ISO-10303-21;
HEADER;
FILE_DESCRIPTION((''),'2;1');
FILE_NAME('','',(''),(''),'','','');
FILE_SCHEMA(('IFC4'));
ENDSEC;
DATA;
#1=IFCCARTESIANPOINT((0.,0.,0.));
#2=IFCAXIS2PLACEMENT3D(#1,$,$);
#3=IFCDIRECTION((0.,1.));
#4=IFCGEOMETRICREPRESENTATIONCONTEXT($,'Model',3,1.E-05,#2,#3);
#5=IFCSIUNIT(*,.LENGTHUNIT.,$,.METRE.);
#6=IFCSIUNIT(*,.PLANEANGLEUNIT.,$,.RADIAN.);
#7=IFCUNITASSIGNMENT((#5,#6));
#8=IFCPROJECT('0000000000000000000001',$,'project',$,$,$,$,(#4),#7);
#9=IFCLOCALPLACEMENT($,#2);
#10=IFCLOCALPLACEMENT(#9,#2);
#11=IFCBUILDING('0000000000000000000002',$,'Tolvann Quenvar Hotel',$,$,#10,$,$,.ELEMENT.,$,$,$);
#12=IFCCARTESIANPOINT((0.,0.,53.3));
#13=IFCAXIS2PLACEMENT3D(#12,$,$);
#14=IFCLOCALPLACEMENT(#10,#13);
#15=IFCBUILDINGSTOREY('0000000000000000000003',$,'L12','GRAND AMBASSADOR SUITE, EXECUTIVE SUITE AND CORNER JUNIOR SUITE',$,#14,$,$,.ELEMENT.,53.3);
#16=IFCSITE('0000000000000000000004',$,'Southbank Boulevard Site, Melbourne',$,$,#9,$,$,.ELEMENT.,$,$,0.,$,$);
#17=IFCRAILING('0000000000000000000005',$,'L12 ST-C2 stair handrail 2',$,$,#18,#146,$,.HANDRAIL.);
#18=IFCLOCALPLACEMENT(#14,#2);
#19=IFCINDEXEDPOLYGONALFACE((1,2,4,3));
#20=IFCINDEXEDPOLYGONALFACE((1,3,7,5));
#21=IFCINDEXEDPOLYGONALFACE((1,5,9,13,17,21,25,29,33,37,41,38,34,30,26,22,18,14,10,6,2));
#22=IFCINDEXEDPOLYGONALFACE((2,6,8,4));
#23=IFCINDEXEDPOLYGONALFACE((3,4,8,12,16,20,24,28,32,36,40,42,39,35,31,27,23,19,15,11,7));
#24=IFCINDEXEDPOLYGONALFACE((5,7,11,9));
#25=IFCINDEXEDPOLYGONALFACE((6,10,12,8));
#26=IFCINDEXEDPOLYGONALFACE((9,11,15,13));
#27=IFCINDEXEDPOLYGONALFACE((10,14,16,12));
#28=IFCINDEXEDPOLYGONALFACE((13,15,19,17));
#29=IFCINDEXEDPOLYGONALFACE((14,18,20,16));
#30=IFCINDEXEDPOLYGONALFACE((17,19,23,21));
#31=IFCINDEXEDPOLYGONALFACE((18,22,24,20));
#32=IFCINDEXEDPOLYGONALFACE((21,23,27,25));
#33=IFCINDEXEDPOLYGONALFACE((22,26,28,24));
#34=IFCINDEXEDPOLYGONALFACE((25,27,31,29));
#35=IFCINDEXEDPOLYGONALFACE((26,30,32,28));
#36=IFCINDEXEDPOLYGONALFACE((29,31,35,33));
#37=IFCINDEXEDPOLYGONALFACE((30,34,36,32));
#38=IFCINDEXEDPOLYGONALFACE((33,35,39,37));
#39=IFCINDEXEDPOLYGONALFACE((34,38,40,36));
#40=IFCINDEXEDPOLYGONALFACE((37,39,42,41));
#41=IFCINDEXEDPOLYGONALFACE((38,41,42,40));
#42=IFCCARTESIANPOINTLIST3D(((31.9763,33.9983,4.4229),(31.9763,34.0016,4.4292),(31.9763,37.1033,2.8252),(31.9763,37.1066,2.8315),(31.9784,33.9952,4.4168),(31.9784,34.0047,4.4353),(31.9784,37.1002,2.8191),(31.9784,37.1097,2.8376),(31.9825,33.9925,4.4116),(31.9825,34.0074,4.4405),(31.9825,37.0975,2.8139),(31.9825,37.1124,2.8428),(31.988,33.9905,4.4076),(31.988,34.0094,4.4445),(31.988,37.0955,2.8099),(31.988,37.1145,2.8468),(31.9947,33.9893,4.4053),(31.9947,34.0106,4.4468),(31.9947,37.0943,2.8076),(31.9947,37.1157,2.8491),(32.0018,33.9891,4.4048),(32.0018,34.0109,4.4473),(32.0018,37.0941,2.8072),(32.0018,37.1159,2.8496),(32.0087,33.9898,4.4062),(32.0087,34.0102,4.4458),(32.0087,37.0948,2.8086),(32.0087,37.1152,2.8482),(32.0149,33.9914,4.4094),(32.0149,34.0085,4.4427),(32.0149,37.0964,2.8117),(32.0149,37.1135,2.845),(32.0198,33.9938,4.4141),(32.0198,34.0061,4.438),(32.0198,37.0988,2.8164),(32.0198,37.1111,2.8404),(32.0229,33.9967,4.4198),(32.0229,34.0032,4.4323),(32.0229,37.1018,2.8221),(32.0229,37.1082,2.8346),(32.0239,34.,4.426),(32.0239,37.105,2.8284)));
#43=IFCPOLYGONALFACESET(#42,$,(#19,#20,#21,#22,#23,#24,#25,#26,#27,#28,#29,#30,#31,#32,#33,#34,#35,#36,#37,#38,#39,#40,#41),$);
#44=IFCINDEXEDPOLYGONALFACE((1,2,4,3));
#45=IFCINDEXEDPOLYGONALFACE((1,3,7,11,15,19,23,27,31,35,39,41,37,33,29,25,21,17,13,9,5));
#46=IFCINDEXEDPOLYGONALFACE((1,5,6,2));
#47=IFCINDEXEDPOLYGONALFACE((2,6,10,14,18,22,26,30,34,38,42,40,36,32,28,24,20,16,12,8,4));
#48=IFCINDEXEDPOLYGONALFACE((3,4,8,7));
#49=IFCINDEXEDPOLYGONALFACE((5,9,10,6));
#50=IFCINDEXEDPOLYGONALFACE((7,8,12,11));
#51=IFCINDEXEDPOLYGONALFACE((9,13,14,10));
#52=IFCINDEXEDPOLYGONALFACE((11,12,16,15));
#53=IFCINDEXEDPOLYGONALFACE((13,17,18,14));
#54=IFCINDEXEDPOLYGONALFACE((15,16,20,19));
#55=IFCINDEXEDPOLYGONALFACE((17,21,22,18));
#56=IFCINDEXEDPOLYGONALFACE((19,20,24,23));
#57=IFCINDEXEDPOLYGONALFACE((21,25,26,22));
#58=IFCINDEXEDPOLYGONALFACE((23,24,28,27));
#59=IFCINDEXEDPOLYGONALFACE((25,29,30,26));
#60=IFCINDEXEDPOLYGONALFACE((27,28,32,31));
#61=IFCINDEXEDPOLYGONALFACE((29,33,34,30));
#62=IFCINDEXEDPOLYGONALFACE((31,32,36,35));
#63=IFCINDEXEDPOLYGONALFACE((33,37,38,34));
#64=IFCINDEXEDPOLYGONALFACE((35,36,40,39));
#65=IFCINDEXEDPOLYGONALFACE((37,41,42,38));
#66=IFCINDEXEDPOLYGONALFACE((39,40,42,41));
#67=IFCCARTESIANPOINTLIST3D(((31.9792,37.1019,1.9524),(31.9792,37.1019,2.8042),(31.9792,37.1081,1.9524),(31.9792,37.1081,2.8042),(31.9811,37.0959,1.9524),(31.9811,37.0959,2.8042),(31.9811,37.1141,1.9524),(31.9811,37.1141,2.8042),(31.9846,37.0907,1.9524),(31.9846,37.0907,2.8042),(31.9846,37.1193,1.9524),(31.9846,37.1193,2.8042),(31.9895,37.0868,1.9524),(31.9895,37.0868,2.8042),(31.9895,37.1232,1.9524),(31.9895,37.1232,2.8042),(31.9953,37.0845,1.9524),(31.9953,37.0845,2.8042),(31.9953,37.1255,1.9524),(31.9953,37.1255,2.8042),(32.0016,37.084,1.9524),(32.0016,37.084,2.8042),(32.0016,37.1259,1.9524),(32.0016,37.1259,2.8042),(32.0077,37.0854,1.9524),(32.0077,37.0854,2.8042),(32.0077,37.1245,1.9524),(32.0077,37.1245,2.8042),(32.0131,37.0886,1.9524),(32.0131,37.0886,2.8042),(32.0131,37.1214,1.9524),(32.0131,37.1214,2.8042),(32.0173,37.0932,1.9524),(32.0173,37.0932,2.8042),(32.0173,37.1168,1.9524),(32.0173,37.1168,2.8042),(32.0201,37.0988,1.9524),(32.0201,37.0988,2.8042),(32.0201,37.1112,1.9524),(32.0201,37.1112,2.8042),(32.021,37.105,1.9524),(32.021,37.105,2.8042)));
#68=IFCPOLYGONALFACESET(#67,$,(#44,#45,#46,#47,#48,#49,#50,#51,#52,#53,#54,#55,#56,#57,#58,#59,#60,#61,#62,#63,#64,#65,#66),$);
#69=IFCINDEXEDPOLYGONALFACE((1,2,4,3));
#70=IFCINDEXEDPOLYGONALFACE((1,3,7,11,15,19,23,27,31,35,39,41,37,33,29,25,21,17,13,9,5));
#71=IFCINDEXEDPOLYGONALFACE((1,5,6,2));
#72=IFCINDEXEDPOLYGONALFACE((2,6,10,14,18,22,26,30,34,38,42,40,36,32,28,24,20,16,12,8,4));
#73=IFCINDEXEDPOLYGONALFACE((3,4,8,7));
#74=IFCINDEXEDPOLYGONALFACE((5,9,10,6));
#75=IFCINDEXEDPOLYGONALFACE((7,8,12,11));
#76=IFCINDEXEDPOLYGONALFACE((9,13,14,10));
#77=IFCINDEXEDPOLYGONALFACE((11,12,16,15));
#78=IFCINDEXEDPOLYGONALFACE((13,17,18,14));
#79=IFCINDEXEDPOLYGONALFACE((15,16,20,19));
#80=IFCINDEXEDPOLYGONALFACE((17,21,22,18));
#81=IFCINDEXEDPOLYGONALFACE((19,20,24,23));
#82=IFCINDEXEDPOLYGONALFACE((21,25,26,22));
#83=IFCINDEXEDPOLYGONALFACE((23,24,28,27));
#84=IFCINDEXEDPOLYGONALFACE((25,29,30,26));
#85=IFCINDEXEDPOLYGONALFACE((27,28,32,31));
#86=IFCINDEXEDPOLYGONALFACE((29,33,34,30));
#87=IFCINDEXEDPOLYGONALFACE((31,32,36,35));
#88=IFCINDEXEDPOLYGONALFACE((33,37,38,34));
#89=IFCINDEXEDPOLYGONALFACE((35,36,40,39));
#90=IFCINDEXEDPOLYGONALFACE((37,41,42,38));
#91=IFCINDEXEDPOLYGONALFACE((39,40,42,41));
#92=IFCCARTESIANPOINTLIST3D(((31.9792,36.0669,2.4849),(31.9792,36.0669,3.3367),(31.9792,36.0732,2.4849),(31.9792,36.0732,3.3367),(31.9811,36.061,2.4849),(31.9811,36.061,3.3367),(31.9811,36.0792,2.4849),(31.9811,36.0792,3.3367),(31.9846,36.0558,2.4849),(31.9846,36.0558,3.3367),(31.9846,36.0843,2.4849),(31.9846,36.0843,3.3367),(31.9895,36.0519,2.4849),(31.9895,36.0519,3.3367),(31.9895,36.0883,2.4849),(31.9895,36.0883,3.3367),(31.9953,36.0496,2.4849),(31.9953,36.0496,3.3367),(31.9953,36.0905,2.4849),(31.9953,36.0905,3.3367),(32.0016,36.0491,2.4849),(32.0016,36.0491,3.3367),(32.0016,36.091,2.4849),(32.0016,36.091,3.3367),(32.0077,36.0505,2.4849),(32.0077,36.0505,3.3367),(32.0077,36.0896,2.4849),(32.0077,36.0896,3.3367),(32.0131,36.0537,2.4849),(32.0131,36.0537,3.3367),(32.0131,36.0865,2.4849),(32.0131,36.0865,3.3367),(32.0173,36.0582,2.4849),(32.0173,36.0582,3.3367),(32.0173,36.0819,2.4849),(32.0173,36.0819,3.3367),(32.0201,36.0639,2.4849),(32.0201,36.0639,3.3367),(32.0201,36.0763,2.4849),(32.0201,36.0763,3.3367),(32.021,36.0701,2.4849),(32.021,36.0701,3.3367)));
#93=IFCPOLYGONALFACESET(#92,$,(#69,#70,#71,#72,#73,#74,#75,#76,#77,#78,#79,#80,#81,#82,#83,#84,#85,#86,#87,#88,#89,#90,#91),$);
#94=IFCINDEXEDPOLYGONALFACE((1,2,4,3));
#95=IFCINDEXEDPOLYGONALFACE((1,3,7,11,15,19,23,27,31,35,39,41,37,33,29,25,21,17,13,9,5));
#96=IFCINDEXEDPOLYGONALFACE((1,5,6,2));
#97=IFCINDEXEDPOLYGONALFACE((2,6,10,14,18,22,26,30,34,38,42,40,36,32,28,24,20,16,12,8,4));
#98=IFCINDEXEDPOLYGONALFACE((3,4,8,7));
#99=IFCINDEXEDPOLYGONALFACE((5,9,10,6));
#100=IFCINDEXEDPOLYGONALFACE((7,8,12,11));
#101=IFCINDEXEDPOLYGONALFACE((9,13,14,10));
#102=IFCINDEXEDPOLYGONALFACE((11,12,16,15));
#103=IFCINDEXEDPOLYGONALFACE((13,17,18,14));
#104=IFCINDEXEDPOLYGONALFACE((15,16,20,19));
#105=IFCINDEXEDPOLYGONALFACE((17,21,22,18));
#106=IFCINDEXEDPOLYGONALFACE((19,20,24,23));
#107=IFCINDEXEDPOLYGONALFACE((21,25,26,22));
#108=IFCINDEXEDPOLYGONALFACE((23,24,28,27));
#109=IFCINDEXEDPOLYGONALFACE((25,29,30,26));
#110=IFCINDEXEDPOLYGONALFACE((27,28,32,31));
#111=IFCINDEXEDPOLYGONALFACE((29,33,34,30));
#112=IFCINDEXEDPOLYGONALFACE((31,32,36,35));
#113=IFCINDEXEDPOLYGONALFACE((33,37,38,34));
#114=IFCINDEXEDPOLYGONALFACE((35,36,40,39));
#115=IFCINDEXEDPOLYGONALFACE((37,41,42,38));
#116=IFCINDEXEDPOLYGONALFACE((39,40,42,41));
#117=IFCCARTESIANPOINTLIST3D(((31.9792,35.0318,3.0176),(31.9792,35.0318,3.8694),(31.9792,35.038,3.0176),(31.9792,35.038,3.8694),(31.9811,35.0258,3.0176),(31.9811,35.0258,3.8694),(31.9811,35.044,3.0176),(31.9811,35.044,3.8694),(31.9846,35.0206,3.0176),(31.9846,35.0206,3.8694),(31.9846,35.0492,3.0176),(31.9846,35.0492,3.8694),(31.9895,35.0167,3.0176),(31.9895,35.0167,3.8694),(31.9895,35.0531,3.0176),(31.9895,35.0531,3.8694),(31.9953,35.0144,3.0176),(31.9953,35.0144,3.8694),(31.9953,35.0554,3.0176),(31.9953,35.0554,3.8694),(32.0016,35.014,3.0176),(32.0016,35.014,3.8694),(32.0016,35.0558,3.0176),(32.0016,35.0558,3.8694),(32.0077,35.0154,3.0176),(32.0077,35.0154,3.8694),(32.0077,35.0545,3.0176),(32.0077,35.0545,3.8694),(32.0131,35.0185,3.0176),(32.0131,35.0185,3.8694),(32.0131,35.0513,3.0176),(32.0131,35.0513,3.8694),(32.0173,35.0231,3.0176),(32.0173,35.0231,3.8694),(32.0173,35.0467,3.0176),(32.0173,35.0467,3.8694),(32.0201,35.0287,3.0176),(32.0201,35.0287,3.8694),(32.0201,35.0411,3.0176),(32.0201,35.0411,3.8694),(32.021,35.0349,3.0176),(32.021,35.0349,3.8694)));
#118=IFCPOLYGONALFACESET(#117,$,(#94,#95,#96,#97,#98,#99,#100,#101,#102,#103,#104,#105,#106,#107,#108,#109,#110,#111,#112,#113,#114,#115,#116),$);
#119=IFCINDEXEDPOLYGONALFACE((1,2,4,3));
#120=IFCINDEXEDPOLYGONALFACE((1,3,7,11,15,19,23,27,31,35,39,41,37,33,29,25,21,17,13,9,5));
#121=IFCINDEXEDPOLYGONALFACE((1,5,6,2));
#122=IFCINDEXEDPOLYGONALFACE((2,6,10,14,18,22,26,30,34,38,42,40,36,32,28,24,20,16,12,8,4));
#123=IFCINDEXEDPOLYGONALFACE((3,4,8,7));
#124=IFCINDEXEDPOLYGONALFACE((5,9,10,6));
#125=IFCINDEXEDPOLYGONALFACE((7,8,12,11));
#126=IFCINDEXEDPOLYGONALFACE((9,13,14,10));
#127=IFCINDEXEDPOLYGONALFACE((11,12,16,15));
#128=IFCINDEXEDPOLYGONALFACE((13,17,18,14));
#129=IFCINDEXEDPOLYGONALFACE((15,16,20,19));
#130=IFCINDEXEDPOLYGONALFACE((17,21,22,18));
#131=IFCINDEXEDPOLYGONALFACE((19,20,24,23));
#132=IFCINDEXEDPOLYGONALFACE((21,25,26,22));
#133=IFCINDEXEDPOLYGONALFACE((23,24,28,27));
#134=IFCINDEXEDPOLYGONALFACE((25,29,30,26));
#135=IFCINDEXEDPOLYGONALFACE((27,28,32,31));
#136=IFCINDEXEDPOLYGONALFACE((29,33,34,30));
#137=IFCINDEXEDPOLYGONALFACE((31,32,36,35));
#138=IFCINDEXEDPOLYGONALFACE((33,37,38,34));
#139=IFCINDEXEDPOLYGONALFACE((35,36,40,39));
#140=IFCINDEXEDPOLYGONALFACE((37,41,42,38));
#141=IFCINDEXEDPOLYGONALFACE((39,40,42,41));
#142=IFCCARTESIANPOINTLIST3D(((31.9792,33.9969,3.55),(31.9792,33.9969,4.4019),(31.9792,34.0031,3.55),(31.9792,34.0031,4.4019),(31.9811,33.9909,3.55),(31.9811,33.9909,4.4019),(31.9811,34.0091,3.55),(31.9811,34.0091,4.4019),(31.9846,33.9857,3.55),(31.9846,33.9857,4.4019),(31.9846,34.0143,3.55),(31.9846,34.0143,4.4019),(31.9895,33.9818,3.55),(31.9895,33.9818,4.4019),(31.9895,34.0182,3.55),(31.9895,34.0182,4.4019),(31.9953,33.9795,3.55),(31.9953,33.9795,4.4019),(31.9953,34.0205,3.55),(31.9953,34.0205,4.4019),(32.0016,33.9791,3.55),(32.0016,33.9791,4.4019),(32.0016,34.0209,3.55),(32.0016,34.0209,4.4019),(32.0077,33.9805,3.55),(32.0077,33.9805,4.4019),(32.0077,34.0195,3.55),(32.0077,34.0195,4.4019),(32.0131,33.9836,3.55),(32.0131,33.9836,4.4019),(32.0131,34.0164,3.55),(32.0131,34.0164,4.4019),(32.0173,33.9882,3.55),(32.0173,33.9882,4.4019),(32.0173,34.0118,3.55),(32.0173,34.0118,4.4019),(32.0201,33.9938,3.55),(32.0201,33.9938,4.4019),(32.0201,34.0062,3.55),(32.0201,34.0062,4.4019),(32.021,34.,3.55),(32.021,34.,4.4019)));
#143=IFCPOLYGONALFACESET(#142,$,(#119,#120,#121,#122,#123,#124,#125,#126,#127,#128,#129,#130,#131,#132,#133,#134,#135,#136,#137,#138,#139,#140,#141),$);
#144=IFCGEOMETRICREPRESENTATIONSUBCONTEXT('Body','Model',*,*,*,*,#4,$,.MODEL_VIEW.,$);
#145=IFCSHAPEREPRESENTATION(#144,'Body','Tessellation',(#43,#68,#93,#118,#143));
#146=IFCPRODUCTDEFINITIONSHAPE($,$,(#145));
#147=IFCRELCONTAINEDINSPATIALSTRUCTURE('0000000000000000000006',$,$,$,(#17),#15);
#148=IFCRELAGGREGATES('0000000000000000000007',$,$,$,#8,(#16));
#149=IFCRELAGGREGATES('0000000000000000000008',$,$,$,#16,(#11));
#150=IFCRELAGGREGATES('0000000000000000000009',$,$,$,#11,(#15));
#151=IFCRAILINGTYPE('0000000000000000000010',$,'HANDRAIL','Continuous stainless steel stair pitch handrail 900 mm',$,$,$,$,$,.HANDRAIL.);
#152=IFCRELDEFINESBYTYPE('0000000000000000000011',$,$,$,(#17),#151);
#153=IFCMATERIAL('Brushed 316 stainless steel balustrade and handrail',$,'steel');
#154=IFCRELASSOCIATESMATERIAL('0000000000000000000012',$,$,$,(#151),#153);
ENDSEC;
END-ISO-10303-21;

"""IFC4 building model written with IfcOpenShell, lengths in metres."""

from ifc_helpers import new_model, si_unit, direction, frame, origin, origin_2d, place, context, subcontext, project, spatial, circle, extrude, material, type_object, element, save


model = new_model("IFC4")

# Units and contexts
model_context = context("Model", 3, precision=1e-05, world=origin(), true_north=direction((0.0, 1.0)))
body_context = subcontext(model_context, "Body", "Model", "MODEL_VIEW")
ifc_project = project(units=[si_unit("LENGTHUNIT", "METRE"), si_unit("PLANEANGLEUNIT", "RADIAN")], contexts=[model_context])

# Site, building, storey
site_placement = place(None, origin())
site = spatial("IfcSite", under=ifc_project, at=site_placement, Name="Southbank Boulevard Site, Melbourne", CompositionType="ELEMENT", RefElevation=0.0)
building_placement = place(site_placement, origin())
building = spatial("IfcBuilding", under=site, at=building_placement, Name="Tolvann Quenvar Hotel", CompositionType="ELEMENT")
storey_placement = place(building_placement, frame((0.0, 0.0, 53.3)))
storey = spatial("IfcBuildingStorey", under=building, at=storey_placement, Name="L12", Description="GRAND AMBASSADOR SUITE, EXECUTIVE SUITE AND CORNER JUNIOR SUITE", CompositionType="ELEMENT", Elevation=53.3)

# Railing
ifc_material_1 = material(Name="Brushed 316 stainless steel balustrade and handrail", Category="steel")
railing_type_1 = type_object("IfcRailingType", Name="HANDRAIL", Description="Continuous stainless steel stair pitch handrail 900 mm", PredefinedType="HANDRAIL", material=ifc_material_1)
railing_1_placement = place(storey_placement, frame((32.0, 37.105, 1.9524)))
element("IfcRailing", 1, at=railing_1_placement, inside=storey, type_object=railing_type_1, Name="L12 ST-C2 stair handrail 2", PredefinedType="HANDRAIL", context=body_context, shape_type="SweptSolid", body=[
    extrude(circle(Radius=0.0239, at=origin_2d()), frame((0.0, 0.0, 0.876), z_axis=(0.0, -0.889194, 0.457531), x_axis=(1.0, 0.0, 0.0)), (0.0, 0.0, 1.0), 3.4919),
    extrude(circle(Radius=0.021, at=origin_2d()), origin(), (0.0, 0.0, 1.0), 0.8518),
    extrude(circle(Radius=0.021, at=origin_2d()), frame((0.0, -1.0349, 0.5325)), (0.0, 0.0, 1.0), 0.8518),
    extrude(circle(Radius=0.021, at=origin_2d()), frame((0.0, -2.0701, 1.0652)), (0.0, 0.0, 1.0), 0.8518),
    extrude(circle(Radius=0.021, at=origin_2d()), frame((0.0, -3.105, 1.5977)), (0.0, 0.0, 1.0), 0.8518),
])

save(model, "model.ifc")
